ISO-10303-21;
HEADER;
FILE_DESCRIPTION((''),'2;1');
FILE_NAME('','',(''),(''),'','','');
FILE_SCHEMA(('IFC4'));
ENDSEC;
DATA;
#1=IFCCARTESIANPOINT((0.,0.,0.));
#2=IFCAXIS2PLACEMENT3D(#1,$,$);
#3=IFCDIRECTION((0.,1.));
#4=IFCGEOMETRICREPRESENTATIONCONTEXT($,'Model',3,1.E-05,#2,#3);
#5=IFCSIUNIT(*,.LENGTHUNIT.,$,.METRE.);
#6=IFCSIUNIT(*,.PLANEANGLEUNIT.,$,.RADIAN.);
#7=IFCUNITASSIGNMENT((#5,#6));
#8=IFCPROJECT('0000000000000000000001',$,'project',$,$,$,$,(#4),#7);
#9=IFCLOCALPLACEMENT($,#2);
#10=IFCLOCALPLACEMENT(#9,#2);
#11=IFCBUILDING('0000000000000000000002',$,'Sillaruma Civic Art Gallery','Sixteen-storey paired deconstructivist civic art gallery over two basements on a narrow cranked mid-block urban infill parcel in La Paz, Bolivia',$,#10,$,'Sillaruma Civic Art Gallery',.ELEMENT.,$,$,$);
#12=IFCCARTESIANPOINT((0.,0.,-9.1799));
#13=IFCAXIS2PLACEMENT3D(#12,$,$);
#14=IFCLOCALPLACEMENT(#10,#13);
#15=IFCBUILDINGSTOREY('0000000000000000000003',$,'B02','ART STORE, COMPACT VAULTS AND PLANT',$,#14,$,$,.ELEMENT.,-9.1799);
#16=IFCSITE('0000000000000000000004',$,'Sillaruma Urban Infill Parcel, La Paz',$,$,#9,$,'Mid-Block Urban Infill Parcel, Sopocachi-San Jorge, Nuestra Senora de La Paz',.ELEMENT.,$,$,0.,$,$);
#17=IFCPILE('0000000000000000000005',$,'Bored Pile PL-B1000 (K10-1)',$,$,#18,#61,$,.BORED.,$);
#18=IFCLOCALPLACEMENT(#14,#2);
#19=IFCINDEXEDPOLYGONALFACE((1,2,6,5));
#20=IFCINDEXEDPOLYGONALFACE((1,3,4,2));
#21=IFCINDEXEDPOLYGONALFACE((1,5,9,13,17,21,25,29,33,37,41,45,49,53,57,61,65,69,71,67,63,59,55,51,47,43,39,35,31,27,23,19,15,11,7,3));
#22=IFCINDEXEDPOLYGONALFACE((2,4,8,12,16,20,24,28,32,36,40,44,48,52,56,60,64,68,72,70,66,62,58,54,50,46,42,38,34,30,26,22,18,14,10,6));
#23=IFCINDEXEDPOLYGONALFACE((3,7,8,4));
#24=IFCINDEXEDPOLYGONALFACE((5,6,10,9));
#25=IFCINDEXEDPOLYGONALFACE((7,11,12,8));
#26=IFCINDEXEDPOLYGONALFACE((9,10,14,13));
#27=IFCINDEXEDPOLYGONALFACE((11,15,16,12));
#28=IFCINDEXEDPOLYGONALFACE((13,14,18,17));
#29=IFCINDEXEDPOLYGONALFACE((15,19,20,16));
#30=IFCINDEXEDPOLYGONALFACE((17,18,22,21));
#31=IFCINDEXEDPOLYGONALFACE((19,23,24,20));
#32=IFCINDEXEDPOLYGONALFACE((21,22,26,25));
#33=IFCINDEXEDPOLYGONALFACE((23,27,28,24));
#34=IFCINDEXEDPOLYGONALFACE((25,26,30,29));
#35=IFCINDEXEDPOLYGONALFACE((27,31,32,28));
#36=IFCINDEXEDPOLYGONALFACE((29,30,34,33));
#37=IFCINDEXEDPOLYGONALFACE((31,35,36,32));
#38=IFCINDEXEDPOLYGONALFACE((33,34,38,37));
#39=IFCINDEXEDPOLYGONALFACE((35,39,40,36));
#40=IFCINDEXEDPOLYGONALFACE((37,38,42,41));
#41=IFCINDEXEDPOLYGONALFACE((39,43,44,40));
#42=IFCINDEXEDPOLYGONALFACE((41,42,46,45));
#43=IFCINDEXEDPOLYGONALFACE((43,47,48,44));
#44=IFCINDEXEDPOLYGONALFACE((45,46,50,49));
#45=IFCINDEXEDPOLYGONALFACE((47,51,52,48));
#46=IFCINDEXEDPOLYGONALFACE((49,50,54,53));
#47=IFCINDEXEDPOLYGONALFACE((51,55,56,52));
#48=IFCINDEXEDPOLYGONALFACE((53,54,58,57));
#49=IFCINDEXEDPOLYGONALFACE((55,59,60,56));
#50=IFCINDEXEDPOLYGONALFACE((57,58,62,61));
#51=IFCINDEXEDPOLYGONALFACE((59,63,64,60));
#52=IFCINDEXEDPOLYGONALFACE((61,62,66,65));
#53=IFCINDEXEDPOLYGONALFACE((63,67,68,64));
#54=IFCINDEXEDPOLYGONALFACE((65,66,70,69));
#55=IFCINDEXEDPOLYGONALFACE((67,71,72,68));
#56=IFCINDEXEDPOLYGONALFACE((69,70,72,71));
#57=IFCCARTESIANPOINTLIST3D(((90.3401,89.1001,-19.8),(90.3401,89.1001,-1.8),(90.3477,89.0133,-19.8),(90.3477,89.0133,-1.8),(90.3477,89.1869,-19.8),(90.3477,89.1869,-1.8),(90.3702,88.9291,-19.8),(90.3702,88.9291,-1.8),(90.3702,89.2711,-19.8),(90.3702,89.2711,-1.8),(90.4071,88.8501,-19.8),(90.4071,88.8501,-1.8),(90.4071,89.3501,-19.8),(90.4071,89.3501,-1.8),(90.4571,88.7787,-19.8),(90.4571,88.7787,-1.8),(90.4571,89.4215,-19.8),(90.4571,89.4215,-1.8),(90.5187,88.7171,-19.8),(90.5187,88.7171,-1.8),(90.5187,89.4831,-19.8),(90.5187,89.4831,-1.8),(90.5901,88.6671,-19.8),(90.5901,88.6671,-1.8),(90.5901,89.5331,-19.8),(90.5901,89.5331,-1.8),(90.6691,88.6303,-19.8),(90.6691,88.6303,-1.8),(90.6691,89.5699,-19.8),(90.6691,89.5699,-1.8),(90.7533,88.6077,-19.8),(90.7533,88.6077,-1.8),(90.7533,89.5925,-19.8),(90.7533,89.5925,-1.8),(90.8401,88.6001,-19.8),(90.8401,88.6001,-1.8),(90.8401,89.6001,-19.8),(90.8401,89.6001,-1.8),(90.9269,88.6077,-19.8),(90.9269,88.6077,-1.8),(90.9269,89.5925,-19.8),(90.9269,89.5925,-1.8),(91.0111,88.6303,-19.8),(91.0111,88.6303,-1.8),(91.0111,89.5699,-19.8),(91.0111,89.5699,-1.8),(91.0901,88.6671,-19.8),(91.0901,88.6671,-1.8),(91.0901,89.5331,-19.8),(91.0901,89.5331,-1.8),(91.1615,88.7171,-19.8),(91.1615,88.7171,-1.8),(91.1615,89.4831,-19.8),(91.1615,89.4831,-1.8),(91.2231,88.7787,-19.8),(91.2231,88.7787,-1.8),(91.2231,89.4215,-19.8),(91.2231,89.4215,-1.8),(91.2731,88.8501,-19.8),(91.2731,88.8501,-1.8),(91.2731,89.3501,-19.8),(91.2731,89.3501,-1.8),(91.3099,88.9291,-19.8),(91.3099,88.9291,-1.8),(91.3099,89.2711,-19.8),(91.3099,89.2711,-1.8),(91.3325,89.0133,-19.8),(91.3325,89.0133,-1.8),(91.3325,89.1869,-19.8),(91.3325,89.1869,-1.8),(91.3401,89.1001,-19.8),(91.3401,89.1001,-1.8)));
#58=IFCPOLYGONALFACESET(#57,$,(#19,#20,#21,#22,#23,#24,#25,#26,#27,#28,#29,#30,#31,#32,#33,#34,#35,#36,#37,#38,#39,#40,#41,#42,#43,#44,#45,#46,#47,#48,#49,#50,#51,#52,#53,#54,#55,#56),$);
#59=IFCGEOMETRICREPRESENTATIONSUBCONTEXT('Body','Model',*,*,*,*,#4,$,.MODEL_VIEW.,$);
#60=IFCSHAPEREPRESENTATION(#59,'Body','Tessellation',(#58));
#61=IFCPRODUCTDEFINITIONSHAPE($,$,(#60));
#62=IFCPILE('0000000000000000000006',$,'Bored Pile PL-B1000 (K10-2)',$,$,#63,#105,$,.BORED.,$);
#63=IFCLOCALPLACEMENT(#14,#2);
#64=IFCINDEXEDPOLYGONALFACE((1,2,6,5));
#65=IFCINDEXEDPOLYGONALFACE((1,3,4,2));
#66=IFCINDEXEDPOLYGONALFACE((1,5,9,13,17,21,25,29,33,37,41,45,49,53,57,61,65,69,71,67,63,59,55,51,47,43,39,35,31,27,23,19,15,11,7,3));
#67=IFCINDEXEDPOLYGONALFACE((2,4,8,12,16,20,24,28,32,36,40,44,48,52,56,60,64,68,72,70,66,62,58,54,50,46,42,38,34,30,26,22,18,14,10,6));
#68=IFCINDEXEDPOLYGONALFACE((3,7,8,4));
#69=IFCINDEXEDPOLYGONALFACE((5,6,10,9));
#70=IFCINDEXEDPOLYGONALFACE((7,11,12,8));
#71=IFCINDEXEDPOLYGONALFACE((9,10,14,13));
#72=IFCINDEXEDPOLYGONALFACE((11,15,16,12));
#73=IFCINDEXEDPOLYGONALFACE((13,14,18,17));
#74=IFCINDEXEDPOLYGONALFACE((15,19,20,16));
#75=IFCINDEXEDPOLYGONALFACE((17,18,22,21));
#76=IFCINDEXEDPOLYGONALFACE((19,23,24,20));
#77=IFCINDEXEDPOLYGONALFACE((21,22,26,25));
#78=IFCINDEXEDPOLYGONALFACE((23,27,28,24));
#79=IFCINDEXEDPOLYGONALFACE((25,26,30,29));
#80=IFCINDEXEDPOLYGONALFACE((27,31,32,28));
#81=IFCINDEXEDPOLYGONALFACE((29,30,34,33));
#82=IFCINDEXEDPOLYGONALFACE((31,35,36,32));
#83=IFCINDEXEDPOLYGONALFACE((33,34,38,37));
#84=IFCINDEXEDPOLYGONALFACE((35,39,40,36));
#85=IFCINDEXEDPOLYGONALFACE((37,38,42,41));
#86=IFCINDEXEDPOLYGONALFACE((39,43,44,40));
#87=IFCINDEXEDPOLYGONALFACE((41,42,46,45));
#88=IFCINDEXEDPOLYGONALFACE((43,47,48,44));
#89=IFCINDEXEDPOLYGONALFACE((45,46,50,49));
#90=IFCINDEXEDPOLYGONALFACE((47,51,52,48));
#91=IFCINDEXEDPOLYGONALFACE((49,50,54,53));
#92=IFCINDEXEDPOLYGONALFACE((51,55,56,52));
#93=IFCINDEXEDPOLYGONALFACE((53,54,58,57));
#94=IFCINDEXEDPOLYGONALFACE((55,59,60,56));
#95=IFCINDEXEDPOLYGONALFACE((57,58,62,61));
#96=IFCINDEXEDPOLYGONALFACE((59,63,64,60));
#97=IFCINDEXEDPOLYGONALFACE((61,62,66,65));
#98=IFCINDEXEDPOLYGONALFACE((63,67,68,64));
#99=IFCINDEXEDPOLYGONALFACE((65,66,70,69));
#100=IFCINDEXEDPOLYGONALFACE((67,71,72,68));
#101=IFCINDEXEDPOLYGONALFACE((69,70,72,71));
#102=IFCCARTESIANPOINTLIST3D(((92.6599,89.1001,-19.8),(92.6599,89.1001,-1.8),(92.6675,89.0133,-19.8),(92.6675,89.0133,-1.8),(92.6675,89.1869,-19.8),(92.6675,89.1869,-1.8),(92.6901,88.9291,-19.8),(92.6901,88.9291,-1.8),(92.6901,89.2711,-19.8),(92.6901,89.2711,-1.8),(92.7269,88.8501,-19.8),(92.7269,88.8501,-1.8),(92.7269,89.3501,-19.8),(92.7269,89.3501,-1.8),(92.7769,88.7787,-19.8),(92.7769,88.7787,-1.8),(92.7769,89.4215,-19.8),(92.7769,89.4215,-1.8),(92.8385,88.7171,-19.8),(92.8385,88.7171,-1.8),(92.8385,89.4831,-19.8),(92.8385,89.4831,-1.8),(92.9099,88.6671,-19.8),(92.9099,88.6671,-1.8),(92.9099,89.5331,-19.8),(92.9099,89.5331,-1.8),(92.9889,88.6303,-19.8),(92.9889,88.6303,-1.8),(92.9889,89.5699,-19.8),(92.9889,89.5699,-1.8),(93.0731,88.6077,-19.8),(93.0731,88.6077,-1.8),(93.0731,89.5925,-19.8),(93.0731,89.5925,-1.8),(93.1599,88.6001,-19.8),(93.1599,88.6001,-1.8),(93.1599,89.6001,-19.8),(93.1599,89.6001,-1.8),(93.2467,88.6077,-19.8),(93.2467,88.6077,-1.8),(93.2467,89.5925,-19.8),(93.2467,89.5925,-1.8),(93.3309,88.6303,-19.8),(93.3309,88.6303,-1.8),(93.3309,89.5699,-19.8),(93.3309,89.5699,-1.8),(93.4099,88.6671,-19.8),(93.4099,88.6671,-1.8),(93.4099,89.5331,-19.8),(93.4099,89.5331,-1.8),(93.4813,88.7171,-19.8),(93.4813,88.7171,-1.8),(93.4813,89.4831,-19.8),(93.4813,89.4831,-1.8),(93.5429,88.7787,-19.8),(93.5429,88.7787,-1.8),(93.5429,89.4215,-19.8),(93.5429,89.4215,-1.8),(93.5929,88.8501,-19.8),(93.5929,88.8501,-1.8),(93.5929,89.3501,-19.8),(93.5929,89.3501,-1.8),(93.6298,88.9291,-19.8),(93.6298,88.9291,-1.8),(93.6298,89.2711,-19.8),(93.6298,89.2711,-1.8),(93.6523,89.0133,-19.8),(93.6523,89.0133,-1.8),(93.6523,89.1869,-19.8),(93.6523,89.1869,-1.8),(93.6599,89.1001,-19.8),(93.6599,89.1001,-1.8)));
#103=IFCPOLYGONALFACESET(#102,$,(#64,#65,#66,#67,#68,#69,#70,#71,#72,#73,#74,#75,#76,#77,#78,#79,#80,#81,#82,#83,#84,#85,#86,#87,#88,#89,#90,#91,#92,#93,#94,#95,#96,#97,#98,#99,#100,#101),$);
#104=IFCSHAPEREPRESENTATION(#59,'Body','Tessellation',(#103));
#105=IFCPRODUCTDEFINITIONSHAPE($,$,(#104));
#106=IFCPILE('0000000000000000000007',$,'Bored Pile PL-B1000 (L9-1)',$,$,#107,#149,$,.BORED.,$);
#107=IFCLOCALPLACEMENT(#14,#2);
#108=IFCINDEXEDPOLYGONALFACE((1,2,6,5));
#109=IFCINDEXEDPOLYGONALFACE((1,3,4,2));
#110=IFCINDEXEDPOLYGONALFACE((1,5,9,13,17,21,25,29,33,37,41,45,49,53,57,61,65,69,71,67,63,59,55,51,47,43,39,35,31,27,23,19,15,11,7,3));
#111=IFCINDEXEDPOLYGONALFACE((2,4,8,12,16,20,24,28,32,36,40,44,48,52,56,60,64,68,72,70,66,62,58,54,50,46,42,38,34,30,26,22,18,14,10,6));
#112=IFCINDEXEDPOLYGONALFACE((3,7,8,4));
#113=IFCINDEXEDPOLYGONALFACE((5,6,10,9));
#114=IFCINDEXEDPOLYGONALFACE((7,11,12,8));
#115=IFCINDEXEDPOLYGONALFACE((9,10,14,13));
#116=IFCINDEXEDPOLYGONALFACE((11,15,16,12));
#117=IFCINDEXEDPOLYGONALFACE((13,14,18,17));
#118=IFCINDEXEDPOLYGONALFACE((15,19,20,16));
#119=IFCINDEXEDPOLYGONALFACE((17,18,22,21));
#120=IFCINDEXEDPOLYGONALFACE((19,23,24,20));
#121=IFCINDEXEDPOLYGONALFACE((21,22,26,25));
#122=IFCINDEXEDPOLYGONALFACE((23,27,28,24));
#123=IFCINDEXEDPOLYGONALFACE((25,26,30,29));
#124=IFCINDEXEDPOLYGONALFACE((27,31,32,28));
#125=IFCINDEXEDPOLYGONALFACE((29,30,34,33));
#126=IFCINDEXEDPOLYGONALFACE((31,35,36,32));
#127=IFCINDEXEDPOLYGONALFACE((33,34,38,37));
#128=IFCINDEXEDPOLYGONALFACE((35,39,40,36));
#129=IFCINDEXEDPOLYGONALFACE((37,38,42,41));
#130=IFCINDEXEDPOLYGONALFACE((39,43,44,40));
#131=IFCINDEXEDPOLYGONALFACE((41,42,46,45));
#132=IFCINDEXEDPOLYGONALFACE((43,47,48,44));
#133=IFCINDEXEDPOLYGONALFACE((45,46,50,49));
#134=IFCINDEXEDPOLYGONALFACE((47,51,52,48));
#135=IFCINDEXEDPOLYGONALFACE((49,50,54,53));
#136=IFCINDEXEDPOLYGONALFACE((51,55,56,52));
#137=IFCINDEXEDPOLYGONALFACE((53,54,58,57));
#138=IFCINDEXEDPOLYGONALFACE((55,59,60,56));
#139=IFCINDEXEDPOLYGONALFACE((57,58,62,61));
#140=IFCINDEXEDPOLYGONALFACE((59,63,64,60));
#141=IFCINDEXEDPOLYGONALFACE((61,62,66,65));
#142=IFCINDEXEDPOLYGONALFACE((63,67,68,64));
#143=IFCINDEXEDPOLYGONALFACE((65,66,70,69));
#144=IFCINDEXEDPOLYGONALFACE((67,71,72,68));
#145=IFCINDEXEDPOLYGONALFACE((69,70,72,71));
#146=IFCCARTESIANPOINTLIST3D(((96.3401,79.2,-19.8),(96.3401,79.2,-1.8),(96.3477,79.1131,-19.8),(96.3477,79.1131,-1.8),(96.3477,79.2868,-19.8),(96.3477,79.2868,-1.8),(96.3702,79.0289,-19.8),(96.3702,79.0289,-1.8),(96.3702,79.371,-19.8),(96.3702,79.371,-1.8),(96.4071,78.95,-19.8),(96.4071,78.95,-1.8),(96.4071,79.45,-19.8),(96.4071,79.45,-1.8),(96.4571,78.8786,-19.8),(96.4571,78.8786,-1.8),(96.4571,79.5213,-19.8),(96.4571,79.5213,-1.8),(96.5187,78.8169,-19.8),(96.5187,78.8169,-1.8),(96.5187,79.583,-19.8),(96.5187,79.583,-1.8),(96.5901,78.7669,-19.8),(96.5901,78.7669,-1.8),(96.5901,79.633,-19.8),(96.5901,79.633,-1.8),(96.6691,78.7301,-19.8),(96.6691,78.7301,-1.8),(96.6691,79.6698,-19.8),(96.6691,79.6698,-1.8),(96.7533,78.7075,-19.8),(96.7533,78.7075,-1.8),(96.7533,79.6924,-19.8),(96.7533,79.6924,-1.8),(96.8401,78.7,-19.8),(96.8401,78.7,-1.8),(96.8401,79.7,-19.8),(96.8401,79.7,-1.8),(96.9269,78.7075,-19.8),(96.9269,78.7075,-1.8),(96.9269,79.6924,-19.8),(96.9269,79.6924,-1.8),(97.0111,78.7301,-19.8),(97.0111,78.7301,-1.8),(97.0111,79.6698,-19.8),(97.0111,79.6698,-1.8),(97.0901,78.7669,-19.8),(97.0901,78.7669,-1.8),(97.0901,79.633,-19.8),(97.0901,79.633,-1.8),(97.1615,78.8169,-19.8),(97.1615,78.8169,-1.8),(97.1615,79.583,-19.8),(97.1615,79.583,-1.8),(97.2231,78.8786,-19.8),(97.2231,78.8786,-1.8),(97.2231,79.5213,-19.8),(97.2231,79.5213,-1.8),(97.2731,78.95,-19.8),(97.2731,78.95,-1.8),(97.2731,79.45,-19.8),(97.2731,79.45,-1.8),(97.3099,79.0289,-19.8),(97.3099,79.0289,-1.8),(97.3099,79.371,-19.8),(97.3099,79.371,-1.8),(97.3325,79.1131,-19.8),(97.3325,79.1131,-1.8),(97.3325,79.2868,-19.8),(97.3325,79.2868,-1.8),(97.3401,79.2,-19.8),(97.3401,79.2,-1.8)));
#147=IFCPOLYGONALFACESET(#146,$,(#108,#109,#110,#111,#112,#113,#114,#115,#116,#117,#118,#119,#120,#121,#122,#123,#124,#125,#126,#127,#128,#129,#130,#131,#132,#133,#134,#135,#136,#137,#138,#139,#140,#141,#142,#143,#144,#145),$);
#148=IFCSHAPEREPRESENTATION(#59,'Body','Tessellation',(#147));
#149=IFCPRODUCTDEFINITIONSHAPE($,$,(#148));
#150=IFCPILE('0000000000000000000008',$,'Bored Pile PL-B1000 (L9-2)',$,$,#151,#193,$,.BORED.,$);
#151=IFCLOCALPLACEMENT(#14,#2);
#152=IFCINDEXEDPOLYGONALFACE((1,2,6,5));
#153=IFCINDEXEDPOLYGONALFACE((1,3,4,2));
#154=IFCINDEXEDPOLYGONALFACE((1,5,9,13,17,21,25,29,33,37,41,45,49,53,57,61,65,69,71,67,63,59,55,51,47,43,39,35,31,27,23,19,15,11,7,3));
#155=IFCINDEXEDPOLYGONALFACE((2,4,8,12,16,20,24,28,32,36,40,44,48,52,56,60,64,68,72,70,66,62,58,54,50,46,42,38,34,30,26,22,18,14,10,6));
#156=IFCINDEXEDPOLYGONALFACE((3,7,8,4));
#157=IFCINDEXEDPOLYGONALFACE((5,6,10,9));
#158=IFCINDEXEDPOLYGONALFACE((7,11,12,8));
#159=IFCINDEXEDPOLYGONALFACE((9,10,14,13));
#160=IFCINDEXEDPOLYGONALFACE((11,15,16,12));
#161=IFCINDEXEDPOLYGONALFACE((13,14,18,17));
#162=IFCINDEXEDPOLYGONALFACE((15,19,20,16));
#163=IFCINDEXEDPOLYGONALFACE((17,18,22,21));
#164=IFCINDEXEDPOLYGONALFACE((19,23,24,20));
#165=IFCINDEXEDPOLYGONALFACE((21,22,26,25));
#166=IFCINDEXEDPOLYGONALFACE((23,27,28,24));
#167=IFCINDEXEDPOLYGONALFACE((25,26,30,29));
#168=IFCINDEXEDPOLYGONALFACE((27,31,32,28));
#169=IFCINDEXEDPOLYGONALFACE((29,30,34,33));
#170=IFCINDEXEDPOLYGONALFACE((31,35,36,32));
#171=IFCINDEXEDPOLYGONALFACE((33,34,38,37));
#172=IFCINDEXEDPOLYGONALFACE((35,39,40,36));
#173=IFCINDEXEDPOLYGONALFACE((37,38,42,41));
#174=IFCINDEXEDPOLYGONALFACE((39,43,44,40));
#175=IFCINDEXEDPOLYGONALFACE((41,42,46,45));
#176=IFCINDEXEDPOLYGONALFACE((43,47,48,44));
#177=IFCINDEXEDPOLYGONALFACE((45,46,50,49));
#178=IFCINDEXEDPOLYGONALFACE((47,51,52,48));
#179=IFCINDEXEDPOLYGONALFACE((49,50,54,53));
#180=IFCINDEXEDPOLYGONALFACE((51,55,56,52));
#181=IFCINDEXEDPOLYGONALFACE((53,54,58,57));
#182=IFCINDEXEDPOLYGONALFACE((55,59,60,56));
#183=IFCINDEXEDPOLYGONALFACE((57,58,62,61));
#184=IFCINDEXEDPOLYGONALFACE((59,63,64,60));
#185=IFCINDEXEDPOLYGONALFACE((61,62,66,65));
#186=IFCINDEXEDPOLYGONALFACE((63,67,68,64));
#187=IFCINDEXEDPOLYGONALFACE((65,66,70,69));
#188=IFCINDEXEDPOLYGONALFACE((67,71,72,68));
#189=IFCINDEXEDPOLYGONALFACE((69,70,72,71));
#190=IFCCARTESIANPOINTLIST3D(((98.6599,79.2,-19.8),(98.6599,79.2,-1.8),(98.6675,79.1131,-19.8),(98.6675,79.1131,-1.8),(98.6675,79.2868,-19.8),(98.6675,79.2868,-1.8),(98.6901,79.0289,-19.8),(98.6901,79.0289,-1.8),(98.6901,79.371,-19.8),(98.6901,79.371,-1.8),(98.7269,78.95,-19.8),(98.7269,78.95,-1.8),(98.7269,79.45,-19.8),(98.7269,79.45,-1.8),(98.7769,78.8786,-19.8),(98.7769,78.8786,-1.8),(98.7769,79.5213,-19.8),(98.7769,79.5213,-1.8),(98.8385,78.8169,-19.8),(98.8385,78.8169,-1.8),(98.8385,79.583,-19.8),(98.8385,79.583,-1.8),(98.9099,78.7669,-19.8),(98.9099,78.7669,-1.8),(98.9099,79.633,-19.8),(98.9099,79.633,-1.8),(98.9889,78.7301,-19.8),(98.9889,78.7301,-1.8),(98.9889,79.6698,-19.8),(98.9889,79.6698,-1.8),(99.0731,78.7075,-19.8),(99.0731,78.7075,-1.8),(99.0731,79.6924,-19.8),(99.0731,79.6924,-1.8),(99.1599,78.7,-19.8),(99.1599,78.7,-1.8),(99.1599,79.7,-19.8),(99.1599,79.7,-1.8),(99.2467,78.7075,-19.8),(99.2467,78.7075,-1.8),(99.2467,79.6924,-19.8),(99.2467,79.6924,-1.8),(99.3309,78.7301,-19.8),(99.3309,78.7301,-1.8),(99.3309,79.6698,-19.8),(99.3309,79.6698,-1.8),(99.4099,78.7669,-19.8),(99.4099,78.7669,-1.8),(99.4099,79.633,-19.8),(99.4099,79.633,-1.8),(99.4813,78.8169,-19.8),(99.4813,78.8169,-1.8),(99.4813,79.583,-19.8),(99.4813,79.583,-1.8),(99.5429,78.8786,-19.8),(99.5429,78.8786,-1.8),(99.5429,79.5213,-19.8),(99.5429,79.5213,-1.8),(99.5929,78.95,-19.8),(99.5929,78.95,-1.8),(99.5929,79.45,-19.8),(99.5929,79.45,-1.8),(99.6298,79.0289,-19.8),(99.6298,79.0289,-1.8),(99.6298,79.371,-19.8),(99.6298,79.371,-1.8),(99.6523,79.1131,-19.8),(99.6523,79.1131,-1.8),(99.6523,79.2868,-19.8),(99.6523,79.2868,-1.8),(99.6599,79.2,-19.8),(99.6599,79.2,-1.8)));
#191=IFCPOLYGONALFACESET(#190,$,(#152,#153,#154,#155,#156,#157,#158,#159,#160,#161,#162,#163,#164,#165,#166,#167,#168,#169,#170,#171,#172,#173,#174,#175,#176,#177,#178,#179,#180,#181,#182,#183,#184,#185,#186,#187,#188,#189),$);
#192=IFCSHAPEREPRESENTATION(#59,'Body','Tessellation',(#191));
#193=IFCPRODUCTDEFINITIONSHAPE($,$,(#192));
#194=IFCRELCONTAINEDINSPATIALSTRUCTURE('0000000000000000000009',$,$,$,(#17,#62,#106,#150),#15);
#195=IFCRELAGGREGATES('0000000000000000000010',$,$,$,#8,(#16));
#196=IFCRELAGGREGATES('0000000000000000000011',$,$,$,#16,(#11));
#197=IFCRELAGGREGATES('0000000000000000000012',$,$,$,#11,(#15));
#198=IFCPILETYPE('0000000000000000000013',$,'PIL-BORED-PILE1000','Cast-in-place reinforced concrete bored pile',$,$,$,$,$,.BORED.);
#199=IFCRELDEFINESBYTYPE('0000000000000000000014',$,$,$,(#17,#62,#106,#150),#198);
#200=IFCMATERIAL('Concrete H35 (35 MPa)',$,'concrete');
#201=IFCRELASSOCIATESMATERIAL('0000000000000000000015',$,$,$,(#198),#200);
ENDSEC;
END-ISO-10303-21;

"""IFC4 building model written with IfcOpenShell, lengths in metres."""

from ifc_helpers import new_model, si_unit, direction, frame, origin, origin_2d, place, context, subcontext, project, spatial, circle, extrude, material, material_profile, profile_set, type_object, element, save


model = new_model("IFC4")

# Units and contexts
model_context = context("Model", 3, precision=1e-05, world=origin(), true_north=direction((0.0, 1.0)))
body_context = subcontext(model_context, "Body", "Model", "MODEL_VIEW")
ifc_project = project(units=[si_unit("LENGTHUNIT", "METRE"), si_unit("PLANEANGLEUNIT", "RADIAN")], contexts=[model_context])

# Site, building, storey
site_placement = place(None, origin())
site = spatial("IfcSite", under=ifc_project, at=site_placement, Name="Sillaruma Urban Infill Parcel, La Paz", LongName="Mid-Block Urban Infill Parcel, Sopocachi-San Jorge, Nuestra Senora de La Paz", CompositionType="ELEMENT", RefElevation=0.0)
building_placement = place(site_placement, origin())
building = spatial("IfcBuilding", under=site, at=building_placement, Name="Sillaruma Civic Art Gallery", Description="Sixteen-storey paired deconstructivist civic art gallery over two basements on a narrow cranked mid-block urban infill parcel in La Paz, Bolivia", LongName="Sillaruma Civic Art Gallery", CompositionType="ELEMENT")
storey_placement = place(building_placement, frame((0.0, 0.0, -9.1799)))
storey = spatial("IfcBuildingStorey", under=building, at=storey_placement, Name="B02", Description="ART STORE, COMPACT VAULTS AND PLANT", CompositionType="ELEMENT", Elevation=-9.1799)

# Shared definitions
ifc_material_1 = material(Name="Concrete H35 (35 MPa)", Category="concrete")

# Piles
ifc_material_profile_1 = material_profile(ifc_material_1, circle(Radius=0.5, at=origin_2d()), Name="PILE1000")
ifc_profile_set_1 = profile_set([ifc_material_profile_1], Name="Concrete H35 (35 MPa)")
pile_type_1 = type_object("IfcPileType", Name="PIL-BORED-PILE1000", Description="Cast-in-place reinforced concrete bored pile", PredefinedType="BORED", material=ifc_profile_set_1)
for number, where, z_axis, x_axis, name in (
    (1, (90.8401, 89.1001, -1.8), (0.0, 0.0, -1.0), (1.0, 0.0, 0.0), "Bored Pile PL-B1000 (K10-1)"),
    (2, (93.1599, 89.1001, -1.8), (0.0, 0.0, -1.0), (1.0, 0.0, 0.0), "Bored Pile PL-B1000 (K10-2)"),
    (3, (96.8401, 79.2, -1.8), (0.0, 0.0, -1.0), (1.0, 0.0, 0.0), "Bored Pile PL-B1000 (L9-1)"),
    (4, (99.1599, 79.2, -1.8), (0.0, 0.0, -1.0), (1.0, 0.0, 0.0), "Bored Pile PL-B1000 (L9-2)"),
):
    element("IfcPile", number, at=place(storey_placement, frame(where, z_axis=z_axis, x_axis=x_axis)), inside=storey, type_object=pile_type_1, Name=name, PredefinedType="BORED", context=body_context, shape_type="SweptSolid", body=[
        extrude(circle(Radius=0.5, at=origin_2d()), origin(), (0.0, 0.0, 1.0), 18.0),
    ])

save(model, "model.ifc")
